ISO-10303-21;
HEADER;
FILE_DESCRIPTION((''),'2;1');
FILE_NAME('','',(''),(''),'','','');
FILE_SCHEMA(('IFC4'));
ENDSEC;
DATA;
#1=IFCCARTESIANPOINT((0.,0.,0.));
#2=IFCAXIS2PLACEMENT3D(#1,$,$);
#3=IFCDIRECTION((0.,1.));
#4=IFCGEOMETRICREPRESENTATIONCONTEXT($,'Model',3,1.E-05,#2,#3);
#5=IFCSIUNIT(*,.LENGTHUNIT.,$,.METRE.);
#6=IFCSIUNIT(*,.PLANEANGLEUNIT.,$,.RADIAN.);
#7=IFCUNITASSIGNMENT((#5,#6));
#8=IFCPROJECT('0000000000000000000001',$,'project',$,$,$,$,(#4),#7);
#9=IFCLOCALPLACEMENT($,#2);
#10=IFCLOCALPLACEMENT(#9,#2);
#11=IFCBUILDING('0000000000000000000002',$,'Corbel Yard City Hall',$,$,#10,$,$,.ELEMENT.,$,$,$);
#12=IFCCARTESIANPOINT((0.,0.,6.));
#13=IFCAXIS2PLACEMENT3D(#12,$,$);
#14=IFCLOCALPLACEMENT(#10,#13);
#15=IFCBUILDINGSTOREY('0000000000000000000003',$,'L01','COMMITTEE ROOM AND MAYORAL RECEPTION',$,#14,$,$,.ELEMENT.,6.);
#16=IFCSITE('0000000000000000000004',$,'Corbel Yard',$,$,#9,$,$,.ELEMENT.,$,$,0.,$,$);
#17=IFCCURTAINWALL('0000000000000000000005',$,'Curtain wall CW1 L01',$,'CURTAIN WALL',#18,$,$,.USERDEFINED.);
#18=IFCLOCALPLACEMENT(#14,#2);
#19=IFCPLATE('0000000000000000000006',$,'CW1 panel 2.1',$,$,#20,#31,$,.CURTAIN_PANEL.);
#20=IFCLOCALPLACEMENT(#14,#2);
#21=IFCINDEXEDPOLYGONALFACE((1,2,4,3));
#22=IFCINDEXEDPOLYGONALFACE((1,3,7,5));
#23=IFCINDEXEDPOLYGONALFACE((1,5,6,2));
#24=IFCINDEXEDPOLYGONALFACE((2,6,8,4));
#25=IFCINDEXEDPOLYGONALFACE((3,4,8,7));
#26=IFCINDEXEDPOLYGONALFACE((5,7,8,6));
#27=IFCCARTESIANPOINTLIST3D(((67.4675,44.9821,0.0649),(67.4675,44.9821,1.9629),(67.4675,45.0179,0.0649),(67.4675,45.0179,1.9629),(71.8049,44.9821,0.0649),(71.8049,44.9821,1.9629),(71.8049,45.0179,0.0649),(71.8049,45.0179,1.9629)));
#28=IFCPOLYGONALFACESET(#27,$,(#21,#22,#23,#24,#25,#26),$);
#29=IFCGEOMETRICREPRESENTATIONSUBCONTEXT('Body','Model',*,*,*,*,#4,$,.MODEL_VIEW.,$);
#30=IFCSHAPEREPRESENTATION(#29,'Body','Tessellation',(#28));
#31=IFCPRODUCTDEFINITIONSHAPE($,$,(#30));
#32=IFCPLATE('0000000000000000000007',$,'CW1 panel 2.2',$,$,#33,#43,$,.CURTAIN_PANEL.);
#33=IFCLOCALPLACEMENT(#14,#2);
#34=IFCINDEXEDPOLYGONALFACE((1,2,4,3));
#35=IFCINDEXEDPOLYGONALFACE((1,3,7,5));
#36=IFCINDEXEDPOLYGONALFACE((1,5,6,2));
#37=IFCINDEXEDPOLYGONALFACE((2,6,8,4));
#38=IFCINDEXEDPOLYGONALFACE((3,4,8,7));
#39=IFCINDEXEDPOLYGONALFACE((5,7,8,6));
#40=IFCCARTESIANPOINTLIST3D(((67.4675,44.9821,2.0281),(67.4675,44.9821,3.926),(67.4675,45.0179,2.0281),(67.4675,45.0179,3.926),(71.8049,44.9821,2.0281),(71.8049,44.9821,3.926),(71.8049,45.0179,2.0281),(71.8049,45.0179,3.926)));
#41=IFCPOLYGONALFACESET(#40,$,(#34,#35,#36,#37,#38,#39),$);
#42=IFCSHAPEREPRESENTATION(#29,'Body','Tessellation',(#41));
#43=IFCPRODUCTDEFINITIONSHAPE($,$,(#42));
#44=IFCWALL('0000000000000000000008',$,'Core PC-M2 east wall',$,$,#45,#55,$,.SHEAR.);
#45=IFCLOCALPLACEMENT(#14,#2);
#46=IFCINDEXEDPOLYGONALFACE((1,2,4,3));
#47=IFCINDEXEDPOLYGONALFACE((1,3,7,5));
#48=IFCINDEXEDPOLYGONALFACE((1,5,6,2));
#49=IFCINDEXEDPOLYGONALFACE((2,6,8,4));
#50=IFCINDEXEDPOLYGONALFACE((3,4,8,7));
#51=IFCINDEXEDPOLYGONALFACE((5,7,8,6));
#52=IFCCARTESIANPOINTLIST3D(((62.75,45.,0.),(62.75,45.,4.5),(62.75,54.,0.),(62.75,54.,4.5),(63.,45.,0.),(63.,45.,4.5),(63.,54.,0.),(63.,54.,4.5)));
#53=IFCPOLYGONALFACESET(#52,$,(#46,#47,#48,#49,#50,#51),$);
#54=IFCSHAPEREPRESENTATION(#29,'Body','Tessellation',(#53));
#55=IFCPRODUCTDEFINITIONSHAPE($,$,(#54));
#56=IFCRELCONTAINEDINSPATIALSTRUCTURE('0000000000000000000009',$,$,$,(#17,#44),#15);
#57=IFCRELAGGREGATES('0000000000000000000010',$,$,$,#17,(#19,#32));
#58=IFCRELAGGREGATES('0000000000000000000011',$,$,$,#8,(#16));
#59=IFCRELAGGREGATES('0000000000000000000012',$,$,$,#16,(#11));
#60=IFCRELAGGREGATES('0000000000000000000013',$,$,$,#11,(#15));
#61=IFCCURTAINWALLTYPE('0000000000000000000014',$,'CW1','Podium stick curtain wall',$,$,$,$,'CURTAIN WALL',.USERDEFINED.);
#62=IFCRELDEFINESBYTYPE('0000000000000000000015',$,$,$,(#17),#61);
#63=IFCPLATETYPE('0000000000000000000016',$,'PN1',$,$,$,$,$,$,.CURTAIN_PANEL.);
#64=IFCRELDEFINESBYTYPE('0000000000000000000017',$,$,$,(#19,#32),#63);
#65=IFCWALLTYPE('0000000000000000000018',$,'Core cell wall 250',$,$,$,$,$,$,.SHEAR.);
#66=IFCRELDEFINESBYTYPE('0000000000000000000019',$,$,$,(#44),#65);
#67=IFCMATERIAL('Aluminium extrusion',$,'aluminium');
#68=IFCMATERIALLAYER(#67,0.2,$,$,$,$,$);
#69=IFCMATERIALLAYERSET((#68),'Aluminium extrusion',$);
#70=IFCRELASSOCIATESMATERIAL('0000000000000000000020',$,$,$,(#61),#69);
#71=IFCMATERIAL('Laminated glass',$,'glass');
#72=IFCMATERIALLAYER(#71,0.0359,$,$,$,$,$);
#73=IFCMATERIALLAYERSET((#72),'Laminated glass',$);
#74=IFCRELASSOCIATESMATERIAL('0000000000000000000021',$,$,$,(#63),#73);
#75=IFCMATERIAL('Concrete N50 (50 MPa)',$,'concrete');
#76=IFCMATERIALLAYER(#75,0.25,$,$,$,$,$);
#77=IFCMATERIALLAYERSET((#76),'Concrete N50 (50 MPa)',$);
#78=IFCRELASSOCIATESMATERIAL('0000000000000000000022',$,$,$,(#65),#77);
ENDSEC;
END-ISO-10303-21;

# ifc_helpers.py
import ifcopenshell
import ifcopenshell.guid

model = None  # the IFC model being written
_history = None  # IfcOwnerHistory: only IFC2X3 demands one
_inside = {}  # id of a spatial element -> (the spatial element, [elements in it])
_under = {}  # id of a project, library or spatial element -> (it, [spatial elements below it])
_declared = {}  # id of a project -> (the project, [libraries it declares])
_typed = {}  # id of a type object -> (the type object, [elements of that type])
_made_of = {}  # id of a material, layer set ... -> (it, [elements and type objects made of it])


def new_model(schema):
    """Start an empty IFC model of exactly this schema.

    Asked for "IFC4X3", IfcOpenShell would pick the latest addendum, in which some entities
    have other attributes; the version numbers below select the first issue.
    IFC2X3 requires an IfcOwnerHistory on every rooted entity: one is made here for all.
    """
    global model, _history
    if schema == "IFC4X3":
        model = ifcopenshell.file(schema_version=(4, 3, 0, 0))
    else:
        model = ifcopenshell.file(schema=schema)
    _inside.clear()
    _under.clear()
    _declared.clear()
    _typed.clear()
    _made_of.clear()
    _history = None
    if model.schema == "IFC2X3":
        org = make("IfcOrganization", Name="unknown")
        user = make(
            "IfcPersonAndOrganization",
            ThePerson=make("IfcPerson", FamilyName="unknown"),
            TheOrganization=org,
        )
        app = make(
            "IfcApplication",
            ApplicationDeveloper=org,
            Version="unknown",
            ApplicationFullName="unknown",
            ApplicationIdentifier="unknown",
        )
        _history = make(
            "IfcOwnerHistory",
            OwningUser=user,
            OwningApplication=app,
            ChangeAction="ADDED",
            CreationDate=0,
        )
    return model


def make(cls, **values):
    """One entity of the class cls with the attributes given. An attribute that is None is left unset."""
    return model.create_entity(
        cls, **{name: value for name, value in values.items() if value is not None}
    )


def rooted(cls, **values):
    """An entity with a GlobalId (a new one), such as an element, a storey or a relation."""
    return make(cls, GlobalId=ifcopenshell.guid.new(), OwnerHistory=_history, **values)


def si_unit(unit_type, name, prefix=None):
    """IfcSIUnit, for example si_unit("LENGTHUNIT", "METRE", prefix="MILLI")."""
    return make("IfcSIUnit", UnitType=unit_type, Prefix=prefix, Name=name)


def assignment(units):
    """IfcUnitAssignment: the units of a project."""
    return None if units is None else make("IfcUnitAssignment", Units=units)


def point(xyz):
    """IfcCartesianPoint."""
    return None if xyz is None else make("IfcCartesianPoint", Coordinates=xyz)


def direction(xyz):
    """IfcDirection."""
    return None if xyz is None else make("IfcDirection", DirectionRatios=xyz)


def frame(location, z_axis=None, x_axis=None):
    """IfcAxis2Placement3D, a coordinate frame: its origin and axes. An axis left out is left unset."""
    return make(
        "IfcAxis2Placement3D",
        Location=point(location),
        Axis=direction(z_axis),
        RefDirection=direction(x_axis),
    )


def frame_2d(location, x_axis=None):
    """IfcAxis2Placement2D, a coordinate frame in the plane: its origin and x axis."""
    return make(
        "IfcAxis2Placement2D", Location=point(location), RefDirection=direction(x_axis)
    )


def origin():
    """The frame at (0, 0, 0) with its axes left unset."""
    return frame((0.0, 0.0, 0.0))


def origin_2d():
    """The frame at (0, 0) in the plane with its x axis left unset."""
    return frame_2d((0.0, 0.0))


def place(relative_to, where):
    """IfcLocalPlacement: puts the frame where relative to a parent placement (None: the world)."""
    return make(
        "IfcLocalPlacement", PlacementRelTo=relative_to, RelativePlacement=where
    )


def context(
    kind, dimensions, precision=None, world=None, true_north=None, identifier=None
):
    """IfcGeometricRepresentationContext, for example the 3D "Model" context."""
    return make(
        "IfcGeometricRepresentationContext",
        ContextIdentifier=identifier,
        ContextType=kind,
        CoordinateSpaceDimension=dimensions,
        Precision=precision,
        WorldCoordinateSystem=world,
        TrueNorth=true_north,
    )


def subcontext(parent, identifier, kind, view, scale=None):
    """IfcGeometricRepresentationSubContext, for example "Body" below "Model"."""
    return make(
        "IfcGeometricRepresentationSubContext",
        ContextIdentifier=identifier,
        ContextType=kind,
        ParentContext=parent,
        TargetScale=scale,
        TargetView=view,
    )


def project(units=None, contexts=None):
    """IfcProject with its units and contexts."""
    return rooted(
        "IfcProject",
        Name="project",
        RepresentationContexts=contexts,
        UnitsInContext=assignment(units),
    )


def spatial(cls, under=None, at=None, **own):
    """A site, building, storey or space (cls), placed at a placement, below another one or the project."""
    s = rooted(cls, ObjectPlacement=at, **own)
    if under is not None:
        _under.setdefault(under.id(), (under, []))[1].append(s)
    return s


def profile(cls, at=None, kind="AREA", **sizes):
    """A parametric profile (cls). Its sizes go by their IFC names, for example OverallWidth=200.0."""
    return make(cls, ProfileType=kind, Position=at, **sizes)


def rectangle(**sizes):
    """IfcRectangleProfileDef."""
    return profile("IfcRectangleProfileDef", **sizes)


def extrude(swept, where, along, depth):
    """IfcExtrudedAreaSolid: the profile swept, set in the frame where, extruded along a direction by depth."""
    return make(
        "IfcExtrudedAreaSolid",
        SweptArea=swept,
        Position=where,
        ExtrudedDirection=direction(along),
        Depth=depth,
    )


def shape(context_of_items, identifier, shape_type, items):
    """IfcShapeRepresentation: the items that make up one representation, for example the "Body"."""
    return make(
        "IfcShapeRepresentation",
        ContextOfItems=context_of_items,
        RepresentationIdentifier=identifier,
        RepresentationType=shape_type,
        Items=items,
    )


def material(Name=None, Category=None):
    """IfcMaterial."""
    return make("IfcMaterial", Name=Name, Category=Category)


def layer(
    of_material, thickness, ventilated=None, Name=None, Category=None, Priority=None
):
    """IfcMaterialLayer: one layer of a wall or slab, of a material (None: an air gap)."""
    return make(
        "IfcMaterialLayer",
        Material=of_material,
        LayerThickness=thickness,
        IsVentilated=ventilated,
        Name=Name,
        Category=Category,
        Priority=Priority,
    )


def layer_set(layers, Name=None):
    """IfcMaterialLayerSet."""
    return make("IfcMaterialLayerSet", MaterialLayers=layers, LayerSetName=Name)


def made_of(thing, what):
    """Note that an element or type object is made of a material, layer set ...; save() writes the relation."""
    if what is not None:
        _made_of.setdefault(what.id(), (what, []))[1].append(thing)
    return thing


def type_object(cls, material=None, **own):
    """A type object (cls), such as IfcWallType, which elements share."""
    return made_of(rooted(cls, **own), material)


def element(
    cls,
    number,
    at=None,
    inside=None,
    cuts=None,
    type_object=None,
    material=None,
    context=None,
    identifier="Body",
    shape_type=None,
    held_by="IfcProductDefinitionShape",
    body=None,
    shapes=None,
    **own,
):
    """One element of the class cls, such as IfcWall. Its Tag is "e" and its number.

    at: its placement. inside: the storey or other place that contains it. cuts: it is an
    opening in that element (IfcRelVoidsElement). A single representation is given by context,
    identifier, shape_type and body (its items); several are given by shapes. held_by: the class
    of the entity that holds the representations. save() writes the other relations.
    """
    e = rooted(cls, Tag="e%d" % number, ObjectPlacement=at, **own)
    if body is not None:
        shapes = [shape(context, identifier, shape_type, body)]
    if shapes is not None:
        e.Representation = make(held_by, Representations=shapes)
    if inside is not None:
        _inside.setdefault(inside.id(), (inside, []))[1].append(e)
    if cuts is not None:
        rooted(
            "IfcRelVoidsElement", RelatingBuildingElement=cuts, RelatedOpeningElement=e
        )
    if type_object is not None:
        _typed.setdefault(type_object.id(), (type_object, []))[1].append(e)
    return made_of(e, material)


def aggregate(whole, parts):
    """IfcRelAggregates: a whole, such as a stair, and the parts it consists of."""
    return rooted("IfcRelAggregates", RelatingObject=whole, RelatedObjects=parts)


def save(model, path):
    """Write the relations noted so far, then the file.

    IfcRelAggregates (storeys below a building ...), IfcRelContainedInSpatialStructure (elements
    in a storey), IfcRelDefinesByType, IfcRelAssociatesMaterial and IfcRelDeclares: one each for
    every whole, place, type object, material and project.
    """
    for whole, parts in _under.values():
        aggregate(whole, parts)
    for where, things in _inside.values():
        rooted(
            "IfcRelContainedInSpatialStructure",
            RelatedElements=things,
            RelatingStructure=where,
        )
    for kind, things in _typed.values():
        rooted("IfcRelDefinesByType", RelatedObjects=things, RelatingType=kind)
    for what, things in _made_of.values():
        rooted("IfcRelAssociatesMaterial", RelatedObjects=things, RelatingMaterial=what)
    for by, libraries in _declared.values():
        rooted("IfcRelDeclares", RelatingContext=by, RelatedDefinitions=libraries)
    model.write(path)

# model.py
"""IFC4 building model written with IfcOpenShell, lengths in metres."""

from ifc_helpers import new_model, si_unit, direction, frame, frame_2d, origin, origin_2d, place, context, subcontext, project, spatial, rectangle, extrude, material, layer, layer_set, type_object, element, aggregate, save


model = new_model("IFC4")

# Units and contexts
model_context = context("Model", 3, precision=1e-05, world=origin(), true_north=direction((0.0, 1.0)))
body_context = subcontext(model_context, "Body", "Model", "MODEL_VIEW")
ifc_project = project(units=[si_unit("LENGTHUNIT", "METRE"), si_unit("PLANEANGLEUNIT", "RADIAN")], contexts=[model_context])

# Site, building, storey
site_placement = place(None, origin())
site = spatial("IfcSite", under=ifc_project, at=site_placement, Name="Corbel Yard", CompositionType="ELEMENT", RefElevation=0.0)
building_placement = place(site_placement, origin())
building = spatial("IfcBuilding", under=site, at=building_placement, Name="Corbel Yard City Hall", CompositionType="ELEMENT")
storey_placement = place(building_placement, frame((0.0, 0.0, 6.0)))
storey = spatial("IfcBuildingStorey", under=building, at=storey_placement, Name="L01", Description="COMMITTEE ROOM AND MAYORAL RECEPTION", CompositionType="ELEMENT", Elevation=6.0)

# Curtain wall
ifc_material_1 = material(Name="Aluminium extrusion", Category="aluminium")
ifc_layer_1 = layer(ifc_material_1, 0.2)
ifc_layer_set_1 = layer_set([ifc_layer_1], Name="Aluminium extrusion")
curtain_wall_type = type_object("IfcCurtainWallType", Name="CW1", Description="Podium stick curtain wall", ElementType="CURTAIN WALL", PredefinedType="USERDEFINED", material=ifc_layer_set_1)
curtain_wall_placement = place(storey_placement, origin())
curtain_wall = element("IfcCurtainWall", 1, at=curtain_wall_placement, inside=storey, type_object=curtain_wall_type, Name="Curtain wall CW1 L01", ObjectType="CURTAIN WALL", PredefinedType="USERDEFINED")

# Plates
ifc_material_2 = material(Name="Laminated glass", Category="glass")
ifc_layer_2 = layer(ifc_material_2, 0.0359)
ifc_layer_set_2 = layer_set([ifc_layer_2], Name="Laminated glass")
plate_type = type_object("IfcPlateType", Name="PN1", PredefinedType="CURTAIN_PANEL", material=ifc_layer_set_2)
plate_1_placement = place(storey_placement, frame((69.6362, 45.0, 0.0649), z_axis=(0.0, 0.0, 1.0), x_axis=(1.0, 0.0, 0.0)))
plate_1 = element("IfcPlate", 2, at=plate_1_placement, type_object=plate_type, Name="CW1 panel 2.1", PredefinedType="CURTAIN_PANEL", context=body_context, shape_type="SweptSolid", body=[
    extrude(rectangle(XDim=4.3374, YDim=0.0359, at=origin_2d()), origin(), (0.0, 0.0, 1.0), 1.8979),
])
plate_2_placement = place(storey_placement, frame((69.6362, 45.0, 2.0281), z_axis=(0.0, 0.0, 1.0), x_axis=(1.0, 0.0, 0.0)))
plate_2 = element("IfcPlate", 3, at=plate_2_placement, type_object=plate_type, Name="CW1 panel 2.2", PredefinedType="CURTAIN_PANEL", context=body_context, shape_type="SweptSolid", body=[
    extrude(rectangle(XDim=4.3374, YDim=0.0359, at=origin_2d()), origin(), (0.0, 0.0, 1.0), 1.8979),
])
aggregate(curtain_wall, [plate_1, plate_2])

# Wall
ifc_material_3 = material(Name="Concrete N50 (50 MPa)", Category="concrete")
ifc_layer_3 = layer(ifc_material_3, 0.25)
ifc_layer_set_3 = layer_set([ifc_layer_3], Name="Concrete N50 (50 MPa)")
wall_type = type_object("IfcWallType", Name="Core cell wall 250", PredefinedType="SHEAR", material=ifc_layer_set_3)
wall_placement = place(storey_placement, frame((62.875, 45.0, 0.0), z_axis=(0.0, 0.0, 1.0), x_axis=(0.0, 1.0, 0.0)))
element("IfcWall", 4, at=wall_placement, inside=storey, type_object=wall_type, Name="Core PC-M2 east wall", PredefinedType="SHEAR", context=body_context, shape_type="SweptSolid", body=[
    extrude(rectangle(XDim=9.0, YDim=0.25, at=frame_2d((4.5, 0.0))), origin(), (0.0, 0.0, 1.0), 4.5),
])

save(model, "model.ifc")
